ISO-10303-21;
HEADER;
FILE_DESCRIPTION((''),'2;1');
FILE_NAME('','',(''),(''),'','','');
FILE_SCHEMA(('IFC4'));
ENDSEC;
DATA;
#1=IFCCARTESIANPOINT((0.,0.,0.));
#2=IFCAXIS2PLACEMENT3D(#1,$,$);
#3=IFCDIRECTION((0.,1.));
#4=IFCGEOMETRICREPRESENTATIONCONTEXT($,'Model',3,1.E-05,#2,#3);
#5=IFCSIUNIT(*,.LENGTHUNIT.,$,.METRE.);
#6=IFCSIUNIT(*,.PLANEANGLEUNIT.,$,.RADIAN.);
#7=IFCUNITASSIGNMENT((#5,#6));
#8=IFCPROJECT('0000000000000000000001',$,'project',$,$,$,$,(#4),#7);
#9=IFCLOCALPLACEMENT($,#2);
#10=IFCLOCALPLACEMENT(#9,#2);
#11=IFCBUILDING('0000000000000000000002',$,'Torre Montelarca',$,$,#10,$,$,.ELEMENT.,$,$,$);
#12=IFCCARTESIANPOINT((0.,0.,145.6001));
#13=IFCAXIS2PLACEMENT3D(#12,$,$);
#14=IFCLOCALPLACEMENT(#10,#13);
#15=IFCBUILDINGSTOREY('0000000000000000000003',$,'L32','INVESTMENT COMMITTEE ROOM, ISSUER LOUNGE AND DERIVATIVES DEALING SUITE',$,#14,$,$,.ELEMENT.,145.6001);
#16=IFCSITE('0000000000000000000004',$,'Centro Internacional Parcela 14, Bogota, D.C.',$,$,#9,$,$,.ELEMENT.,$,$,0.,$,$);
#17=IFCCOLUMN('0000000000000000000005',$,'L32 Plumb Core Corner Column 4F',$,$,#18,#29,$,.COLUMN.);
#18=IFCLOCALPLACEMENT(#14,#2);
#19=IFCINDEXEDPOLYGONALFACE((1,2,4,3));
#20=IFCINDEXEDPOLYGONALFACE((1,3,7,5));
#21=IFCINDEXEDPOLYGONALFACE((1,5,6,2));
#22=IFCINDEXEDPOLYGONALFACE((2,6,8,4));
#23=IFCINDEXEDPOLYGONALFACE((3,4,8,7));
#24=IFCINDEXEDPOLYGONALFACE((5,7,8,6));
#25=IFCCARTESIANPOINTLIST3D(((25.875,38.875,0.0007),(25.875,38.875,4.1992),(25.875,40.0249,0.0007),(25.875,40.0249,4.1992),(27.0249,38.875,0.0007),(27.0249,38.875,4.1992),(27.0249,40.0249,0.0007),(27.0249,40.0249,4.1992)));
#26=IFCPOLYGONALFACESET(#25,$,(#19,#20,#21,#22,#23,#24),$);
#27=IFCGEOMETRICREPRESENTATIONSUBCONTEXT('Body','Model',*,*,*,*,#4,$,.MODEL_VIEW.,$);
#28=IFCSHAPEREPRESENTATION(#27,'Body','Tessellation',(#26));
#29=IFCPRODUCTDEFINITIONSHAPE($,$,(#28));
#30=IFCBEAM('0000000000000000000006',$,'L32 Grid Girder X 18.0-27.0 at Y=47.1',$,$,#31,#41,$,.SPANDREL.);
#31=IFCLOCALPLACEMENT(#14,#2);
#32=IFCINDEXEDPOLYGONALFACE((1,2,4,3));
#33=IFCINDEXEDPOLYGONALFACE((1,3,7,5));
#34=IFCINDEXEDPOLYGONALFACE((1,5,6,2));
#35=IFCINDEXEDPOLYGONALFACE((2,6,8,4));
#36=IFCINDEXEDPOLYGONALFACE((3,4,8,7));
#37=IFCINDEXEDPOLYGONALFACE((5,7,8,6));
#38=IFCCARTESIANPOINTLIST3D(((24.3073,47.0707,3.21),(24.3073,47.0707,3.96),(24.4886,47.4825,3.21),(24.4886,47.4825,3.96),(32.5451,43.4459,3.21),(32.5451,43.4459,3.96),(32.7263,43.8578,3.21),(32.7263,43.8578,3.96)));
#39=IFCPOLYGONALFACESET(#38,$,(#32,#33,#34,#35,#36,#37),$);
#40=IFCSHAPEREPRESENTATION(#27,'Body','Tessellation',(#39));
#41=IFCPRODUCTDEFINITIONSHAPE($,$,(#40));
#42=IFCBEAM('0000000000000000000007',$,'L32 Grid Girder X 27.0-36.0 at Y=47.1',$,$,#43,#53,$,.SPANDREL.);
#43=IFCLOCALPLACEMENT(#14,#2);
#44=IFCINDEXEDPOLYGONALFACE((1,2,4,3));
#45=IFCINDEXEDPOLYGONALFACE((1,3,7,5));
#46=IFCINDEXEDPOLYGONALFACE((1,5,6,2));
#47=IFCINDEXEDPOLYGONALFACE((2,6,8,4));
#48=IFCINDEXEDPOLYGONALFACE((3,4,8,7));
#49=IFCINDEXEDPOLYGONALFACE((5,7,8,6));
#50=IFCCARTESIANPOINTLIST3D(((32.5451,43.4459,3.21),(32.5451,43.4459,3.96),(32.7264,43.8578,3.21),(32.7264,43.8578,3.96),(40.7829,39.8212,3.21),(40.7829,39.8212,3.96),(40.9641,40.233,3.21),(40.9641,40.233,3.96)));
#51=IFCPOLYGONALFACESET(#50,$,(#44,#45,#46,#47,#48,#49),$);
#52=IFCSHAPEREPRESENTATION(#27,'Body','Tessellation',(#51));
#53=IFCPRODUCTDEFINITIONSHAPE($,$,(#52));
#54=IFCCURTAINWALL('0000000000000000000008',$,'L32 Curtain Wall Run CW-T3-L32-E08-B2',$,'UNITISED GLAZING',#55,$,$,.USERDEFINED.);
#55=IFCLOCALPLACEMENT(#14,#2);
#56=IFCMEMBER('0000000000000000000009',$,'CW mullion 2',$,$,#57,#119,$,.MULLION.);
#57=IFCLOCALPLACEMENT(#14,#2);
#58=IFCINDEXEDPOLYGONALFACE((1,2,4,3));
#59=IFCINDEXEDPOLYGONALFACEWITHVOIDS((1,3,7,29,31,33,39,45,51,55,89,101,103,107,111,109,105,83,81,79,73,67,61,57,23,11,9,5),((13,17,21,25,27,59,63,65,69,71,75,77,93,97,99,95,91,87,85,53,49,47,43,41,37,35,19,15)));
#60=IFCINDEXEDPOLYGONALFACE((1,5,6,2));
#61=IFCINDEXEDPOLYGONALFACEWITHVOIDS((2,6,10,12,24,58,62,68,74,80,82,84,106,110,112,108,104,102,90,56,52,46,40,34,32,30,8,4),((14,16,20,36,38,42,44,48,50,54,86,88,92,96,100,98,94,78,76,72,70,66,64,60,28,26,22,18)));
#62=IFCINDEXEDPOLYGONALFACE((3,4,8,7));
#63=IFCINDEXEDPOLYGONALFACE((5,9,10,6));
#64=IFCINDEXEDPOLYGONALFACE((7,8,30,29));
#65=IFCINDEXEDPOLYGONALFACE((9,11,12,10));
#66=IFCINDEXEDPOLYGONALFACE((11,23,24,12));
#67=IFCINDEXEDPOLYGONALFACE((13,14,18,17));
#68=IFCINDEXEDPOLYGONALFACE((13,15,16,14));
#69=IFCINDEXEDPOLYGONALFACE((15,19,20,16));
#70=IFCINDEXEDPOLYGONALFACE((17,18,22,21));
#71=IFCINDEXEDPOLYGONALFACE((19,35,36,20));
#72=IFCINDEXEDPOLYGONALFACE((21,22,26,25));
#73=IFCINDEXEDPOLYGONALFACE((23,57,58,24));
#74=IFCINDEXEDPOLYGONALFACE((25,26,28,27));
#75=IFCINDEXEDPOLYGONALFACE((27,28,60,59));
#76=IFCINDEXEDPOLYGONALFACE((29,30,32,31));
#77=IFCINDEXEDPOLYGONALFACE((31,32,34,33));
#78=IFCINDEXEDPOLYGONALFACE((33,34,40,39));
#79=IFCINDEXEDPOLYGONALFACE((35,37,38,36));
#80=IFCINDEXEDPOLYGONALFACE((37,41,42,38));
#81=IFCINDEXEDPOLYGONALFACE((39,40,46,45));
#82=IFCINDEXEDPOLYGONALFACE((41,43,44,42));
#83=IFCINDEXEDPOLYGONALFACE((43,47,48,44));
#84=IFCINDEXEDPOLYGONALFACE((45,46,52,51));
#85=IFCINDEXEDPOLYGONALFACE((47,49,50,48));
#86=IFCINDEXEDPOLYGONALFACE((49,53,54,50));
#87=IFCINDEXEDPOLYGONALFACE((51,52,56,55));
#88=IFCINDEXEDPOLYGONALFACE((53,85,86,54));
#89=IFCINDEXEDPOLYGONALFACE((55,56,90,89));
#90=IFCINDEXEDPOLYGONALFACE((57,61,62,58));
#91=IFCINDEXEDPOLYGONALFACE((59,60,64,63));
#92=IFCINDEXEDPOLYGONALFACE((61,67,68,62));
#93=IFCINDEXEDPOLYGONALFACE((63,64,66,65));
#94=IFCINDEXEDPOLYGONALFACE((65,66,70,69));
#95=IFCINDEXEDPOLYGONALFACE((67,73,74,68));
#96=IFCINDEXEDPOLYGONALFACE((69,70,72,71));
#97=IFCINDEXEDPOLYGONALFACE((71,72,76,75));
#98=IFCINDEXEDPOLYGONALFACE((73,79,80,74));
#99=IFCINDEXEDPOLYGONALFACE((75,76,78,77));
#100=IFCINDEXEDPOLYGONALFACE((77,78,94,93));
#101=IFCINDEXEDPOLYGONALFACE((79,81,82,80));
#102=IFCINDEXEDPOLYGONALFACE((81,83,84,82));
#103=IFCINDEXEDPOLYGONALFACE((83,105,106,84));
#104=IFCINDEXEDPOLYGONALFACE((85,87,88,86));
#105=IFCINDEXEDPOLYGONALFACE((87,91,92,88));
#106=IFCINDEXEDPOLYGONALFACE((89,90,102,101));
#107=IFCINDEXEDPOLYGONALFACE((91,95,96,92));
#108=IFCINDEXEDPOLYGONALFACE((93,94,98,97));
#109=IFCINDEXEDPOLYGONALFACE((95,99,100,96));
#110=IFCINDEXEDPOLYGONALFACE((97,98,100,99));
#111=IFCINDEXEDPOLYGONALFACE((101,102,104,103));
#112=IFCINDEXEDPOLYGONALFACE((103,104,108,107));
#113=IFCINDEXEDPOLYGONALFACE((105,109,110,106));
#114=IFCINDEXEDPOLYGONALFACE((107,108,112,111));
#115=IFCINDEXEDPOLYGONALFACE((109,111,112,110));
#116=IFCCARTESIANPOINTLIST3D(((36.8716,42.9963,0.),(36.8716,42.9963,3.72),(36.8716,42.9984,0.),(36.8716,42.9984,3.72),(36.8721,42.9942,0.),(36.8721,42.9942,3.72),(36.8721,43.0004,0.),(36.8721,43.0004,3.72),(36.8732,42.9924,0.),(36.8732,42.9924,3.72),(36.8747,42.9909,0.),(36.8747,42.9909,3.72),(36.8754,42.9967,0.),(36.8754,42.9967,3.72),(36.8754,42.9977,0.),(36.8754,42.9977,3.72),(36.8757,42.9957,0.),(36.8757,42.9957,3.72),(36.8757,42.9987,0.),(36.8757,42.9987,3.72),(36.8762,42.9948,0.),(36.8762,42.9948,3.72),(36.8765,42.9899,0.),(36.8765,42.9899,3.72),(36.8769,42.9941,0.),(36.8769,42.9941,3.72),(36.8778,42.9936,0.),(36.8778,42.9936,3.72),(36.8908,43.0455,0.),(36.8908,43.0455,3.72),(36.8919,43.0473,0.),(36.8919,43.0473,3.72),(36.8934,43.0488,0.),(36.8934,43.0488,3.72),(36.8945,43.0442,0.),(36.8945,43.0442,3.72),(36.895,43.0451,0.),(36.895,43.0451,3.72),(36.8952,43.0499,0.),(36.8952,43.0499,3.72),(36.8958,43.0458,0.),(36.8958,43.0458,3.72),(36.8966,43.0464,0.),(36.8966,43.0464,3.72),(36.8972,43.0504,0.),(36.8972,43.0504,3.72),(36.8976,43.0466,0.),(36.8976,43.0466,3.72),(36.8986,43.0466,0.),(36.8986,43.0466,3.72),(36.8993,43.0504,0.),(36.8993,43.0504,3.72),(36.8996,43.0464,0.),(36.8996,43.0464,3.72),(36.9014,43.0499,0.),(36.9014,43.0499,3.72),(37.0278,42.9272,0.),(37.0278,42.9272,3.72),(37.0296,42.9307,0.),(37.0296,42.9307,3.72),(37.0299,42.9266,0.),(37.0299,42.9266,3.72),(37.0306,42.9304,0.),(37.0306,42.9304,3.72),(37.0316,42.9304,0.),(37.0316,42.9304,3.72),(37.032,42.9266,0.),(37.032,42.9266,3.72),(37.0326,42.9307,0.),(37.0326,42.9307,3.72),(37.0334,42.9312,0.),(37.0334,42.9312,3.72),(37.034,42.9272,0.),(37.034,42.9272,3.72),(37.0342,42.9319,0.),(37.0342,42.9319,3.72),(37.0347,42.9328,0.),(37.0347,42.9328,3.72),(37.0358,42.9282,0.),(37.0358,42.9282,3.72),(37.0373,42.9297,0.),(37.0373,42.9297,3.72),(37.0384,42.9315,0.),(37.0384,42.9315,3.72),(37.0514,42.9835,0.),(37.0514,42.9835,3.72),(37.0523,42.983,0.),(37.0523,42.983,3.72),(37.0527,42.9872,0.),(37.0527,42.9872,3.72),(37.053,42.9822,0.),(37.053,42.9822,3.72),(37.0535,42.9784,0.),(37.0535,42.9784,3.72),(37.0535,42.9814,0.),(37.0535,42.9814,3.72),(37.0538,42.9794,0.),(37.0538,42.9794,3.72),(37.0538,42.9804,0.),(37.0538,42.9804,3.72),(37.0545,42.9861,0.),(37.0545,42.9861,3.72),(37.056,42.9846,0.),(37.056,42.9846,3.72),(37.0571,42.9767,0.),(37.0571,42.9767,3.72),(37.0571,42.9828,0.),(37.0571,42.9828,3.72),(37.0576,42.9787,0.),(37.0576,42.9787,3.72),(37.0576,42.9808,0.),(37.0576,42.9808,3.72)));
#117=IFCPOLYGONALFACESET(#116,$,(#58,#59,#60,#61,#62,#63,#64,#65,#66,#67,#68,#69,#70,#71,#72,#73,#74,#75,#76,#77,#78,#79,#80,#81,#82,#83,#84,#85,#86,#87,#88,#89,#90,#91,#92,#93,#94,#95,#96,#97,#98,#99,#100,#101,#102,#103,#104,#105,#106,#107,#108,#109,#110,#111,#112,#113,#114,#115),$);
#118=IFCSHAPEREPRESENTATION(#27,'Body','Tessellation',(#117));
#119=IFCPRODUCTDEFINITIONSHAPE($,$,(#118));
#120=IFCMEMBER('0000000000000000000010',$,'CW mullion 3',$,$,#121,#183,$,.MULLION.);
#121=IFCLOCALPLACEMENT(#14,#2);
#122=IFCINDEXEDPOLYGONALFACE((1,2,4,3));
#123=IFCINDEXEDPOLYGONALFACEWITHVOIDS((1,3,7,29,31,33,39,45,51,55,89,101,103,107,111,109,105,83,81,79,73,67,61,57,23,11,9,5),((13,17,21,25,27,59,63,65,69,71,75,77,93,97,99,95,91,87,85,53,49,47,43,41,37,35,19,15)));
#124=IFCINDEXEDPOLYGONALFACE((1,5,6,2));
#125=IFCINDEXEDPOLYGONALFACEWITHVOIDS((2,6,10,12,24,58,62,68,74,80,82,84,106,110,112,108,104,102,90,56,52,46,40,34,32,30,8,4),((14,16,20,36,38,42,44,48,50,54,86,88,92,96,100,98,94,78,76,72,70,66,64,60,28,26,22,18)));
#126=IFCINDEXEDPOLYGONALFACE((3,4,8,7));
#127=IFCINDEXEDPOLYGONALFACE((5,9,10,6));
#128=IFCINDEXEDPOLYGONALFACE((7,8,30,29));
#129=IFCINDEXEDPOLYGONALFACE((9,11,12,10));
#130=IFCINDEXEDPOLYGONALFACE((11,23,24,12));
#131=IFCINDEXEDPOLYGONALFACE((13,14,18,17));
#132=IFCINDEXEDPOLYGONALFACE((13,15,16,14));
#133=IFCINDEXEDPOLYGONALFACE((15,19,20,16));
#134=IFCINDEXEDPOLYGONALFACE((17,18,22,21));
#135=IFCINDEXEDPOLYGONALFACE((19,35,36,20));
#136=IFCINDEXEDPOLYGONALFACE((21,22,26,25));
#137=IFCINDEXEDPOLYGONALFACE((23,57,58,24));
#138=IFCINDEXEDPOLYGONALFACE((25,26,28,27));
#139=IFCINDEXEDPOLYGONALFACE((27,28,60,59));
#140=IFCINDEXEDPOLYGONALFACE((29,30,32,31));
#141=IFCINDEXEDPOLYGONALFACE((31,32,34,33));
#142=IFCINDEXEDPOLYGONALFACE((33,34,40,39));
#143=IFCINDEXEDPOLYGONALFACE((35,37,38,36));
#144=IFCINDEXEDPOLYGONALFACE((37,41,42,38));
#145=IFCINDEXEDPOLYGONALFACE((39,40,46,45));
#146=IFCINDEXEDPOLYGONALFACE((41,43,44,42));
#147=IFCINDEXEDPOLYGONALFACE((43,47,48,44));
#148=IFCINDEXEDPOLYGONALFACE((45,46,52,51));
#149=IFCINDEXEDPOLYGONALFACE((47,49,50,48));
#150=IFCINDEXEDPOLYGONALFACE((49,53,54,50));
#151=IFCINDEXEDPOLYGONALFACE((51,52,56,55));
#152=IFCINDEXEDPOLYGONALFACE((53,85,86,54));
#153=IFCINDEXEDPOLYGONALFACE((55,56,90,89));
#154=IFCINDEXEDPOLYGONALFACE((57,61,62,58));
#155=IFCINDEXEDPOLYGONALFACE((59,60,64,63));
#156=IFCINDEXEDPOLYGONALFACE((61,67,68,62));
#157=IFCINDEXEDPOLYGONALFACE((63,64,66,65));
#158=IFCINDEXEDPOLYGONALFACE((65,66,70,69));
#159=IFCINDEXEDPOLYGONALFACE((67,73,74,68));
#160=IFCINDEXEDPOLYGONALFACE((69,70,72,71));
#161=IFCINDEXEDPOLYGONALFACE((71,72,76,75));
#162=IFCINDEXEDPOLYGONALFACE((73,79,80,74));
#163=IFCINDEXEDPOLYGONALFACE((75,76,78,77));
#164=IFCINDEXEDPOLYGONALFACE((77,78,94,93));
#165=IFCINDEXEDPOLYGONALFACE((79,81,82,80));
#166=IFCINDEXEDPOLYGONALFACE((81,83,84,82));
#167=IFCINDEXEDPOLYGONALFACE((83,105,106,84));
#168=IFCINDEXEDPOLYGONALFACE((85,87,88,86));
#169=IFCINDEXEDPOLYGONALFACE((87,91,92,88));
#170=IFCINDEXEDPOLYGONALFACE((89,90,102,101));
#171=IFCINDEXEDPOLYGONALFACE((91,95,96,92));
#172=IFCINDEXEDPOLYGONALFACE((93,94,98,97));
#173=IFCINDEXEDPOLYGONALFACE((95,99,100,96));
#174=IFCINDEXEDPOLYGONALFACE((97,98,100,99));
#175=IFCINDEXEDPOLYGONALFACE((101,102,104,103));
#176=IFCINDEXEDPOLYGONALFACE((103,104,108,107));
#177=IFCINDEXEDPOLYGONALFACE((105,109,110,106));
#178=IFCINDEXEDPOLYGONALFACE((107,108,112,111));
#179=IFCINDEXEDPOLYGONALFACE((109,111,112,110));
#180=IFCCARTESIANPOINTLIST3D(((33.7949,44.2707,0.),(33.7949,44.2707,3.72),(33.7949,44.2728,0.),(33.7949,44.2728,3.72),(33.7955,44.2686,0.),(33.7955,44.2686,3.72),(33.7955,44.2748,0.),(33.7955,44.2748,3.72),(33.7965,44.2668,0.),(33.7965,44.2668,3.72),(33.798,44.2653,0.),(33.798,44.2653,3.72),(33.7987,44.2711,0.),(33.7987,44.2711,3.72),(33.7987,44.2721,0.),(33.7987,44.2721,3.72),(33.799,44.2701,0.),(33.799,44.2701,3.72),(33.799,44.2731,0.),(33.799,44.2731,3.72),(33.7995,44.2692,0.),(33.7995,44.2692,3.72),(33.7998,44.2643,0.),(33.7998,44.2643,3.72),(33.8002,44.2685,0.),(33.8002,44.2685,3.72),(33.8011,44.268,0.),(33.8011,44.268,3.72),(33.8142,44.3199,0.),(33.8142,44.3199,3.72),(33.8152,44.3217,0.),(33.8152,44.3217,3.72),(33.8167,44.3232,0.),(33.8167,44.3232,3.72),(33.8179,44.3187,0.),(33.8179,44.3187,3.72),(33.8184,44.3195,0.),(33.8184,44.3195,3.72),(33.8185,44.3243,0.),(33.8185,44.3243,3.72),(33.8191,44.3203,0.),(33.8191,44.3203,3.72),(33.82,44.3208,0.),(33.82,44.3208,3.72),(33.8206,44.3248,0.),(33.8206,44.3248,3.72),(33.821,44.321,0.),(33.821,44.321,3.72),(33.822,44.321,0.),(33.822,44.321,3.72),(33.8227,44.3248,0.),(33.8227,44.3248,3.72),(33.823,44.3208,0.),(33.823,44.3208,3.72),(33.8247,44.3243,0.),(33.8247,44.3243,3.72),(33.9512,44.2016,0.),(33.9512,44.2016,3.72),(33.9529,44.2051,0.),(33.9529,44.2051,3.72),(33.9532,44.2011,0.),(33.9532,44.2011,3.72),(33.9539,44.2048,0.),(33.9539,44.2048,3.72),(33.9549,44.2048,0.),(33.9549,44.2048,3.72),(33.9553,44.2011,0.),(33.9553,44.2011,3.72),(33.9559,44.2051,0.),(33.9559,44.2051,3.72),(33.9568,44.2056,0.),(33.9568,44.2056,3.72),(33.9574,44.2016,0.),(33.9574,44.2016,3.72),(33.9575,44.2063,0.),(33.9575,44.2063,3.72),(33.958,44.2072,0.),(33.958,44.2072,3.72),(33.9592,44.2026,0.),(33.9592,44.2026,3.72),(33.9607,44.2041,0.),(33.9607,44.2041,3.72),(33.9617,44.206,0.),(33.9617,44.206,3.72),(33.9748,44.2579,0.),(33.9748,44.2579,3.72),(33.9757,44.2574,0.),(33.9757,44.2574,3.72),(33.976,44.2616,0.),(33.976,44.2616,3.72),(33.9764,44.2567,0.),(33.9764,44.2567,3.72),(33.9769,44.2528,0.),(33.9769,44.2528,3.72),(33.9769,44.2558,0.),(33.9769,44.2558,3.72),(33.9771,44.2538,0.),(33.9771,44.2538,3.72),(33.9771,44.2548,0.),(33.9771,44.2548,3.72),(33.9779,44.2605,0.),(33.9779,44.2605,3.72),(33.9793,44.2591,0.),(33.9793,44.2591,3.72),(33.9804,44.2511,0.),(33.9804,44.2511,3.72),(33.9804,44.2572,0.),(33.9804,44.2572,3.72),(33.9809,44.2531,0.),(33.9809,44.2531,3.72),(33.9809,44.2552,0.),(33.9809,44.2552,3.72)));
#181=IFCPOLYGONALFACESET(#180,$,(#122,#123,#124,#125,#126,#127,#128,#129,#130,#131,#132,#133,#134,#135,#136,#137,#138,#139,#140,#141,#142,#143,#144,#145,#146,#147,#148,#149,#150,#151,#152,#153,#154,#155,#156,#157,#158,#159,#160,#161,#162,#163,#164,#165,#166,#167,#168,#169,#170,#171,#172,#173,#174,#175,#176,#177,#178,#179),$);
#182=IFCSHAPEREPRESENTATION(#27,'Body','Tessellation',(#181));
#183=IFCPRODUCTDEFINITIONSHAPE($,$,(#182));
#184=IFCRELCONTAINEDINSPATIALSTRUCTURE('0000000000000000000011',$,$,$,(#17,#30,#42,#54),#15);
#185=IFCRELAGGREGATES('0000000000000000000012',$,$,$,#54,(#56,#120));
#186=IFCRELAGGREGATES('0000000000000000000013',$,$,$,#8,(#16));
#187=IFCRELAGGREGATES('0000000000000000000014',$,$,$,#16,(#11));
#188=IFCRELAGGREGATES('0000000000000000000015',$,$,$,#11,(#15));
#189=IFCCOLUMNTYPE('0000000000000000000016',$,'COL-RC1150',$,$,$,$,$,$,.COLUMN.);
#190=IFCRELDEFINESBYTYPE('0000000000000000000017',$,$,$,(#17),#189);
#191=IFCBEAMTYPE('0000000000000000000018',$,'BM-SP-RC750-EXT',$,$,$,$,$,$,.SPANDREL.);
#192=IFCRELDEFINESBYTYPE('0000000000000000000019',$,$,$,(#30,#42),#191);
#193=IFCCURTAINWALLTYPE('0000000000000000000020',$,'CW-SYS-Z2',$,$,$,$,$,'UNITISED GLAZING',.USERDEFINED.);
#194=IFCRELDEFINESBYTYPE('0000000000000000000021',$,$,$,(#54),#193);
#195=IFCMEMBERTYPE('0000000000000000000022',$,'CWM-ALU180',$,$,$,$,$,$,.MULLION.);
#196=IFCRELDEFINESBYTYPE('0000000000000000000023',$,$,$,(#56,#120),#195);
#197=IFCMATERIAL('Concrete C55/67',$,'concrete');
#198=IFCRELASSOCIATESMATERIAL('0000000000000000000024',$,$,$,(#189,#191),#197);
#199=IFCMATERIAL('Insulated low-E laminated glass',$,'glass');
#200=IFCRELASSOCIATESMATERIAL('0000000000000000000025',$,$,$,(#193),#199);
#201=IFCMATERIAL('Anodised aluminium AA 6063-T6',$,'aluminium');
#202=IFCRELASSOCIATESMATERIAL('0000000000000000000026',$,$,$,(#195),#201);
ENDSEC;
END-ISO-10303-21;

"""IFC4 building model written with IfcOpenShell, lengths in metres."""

from ifc_helpers import new_model, si_unit, direction, frame, origin, origin_2d, place, context, subcontext, project, spatial, rectangle, hollow_rectangle, extrude, source, transform, mapped, material, material_profile, profile_set, type_object, element, aggregate, save


model = new_model("IFC4")

# Units and contexts
model_context = context("Model", 3, precision=1e-05, world=origin(), true_north=direction((0.0, 1.0)))
body_context = subcontext(model_context, "Body", "Model", "MODEL_VIEW")
ifc_project = project(units=[si_unit("LENGTHUNIT", "METRE"), si_unit("PLANEANGLEUNIT", "RADIAN")], contexts=[model_context])

# Site, building, storey
site_placement = place(None, origin())
site = spatial("IfcSite", under=ifc_project, at=site_placement, Name="Centro Internacional Parcela 14, Bogota, D.C.", CompositionType="ELEMENT", RefElevation=0.0)
building_placement = place(site_placement, origin())
building = spatial("IfcBuilding", under=site, at=building_placement, Name="Torre Montelarca", CompositionType="ELEMENT")
storey_placement = place(building_placement, frame((0.0, 0.0, 145.6001)))
storey = spatial("IfcBuildingStorey", under=building, at=storey_placement, Name="L32", Description="INVESTMENT COMMITTEE ROOM, ISSUER LOUNGE AND DERIVATIVES DEALING SUITE", CompositionType="ELEMENT", Elevation=145.6001)

# Column
ifc_material_1 = material(Name="Concrete C55/67", Category="concrete")
ifc_material_profile_1 = material_profile(ifc_material_1, rectangle(XDim=1.1499, YDim=1.1499, at=origin_2d()), Name="RC1150X1150", Category="concrete")
ifc_profile_set_1 = profile_set([ifc_material_profile_1], Name="Concrete C55/67")
column_type_1 = type_object("IfcColumnType", Name="COL-RC1150", PredefinedType="COLUMN", material=ifc_profile_set_1)
shared_shape_1 = source(origin(), body_context, "Body", "SweptSolid", [
    extrude(rectangle(XDim=1.1499, YDim=1.1499, at=origin_2d()), origin(), (0.0, 0.0, 1.0), 4.1985),
])
column_1_placement = place(storey_placement, frame((26.45, 39.45, 0.0007), z_axis=(0.0, 0.0, 1.0), x_axis=(1.0, 0.0, 0.0)))
element("IfcColumn", 1, at=column_1_placement, inside=storey, type_object=column_type_1, Name="L32 Plumb Core Corner Column 4F", PredefinedType="COLUMN", context=body_context, shape_type="MappedRepresentation", body=[
    mapped(shared_shape_1, transform((0.0, 0.0, 0.0), scale=1.0)),
])

# Beams
ifc_material_profile_2 = material_profile(ifc_material_1, rectangle(XDim=0.45, YDim=0.75, at=origin_2d()), Name="RCB450X750", Category="concrete")
ifc_profile_set_2 = profile_set([ifc_material_profile_2], Name="Concrete C55/67")
beam_type = type_object("IfcBeamType", Name="BM-SP-RC750-EXT", PredefinedType="SPANDREL", material=ifc_profile_set_2)
shared_shape_2 = source(origin(), body_context, "Body", "SweptSolid", [
    extrude(rectangle(XDim=0.45, YDim=0.75, at=origin_2d()), origin(), (0.0, 0.0, 1.0), 9.0),
])
for number, where, z_axis, x_axis, name in (
    (2, (24.3979, 47.2766, 3.585), (0.91531, -0.40275, 0.0), (0.40275, 0.91531, 0.0), "L32 Grid Girder X 18.0-27.0 at Y=47.1"),
    (3, (32.6357, 43.6519, 3.585), (0.91531, -0.40275, 0.0), (0.40275, 0.91531, 0.0), "L32 Grid Girder X 27.0-36.0 at Y=47.1"),
):
    element("IfcBeam", number, at=place(storey_placement, frame(where, z_axis=z_axis, x_axis=x_axis)), inside=storey, type_object=beam_type, Name=name, PredefinedType="SPANDREL", context=body_context, shape_type="MappedRepresentation", body=[
        mapped(shared_shape_2, transform((0.0, 0.0, 0.0), scale=1.0)),
    ])

# Curtain wall, members
ifc_material_2 = material(Name="Insulated low-E laminated glass", Category="glass")
curtain_wall_type = type_object("IfcCurtainWallType", Name="CW-SYS-Z2", ElementType="UNITISED GLAZING", PredefinedType="USERDEFINED", material=ifc_material_2)
curtain_wall_1_placement = place(storey_placement, origin())
curtain_wall_1 = element("IfcCurtainWall", 4, at=curtain_wall_1_placement, inside=storey, type_object=curtain_wall_type, Name="L32 Curtain Wall Run CW-T3-L32-E08-B2", ObjectType="UNITISED GLAZING", PredefinedType="USERDEFINED")
ifc_material_3 = material(Name="Anodised aluminium AA 6063-T6", Category="aluminium")
ifc_material_profile_3 = material_profile(ifc_material_3, hollow_rectangle(XDim=0.0649, YDim=0.1799, WallThickness=0.0039, InnerFilletRadius=0.0039, OuterFilletRadius=0.0081, at=origin_2d()), Name="ALU65X180X4", Category="aluminium")
ifc_profile_set_3 = profile_set([ifc_material_profile_3], Name="Anodised aluminium AA 6063-T6")
member_type_1 = type_object("IfcMemberType", Name="CWM-ALU180", PredefinedType="MULLION", material=ifc_profile_set_3)
shared_shape_3 = source(origin(), body_context, "Body", "SweptSolid", [
    extrude(hollow_rectangle(XDim=0.0649, YDim=0.1799, WallThickness=0.0039, InnerFilletRadius=0.0039, OuterFilletRadius=0.0081, at=origin_2d()), origin(), (0.0, 0.0, 1.0), 3.72),
])
member_1_placement = place(storey_placement, frame((36.9646, 42.9885, 0.0), z_axis=(0.0, 0.0, 1.0), x_axis=(-0.382681, -0.92388, 0.0)))
member_1 = element("IfcMember", 5, at=member_1_placement, type_object=member_type_1, Name="CW mullion 2", PredefinedType="MULLION", context=body_context, shape_type="MappedRepresentation", body=[
    mapped(shared_shape_3, transform((0.0, 0.0, 0.0), scale=1.0)),
])
member_2_placement = place(storey_placement, frame((33.8879, 44.2629, 0.0), z_axis=(0.0, 0.0, 1.0), x_axis=(-0.382681, -0.92388, 0.0)))
member_2 = element("IfcMember", 6, at=member_2_placement, type_object=member_type_1, Name="CW mullion 3", PredefinedType="MULLION", context=body_context, shape_type="MappedRepresentation", body=[
    mapped(shared_shape_3, transform((0.0, 0.0, 0.0), scale=1.0)),
])

aggregate(curtain_wall_1, [member_1, member_2])

save(model, "model.ifc")
